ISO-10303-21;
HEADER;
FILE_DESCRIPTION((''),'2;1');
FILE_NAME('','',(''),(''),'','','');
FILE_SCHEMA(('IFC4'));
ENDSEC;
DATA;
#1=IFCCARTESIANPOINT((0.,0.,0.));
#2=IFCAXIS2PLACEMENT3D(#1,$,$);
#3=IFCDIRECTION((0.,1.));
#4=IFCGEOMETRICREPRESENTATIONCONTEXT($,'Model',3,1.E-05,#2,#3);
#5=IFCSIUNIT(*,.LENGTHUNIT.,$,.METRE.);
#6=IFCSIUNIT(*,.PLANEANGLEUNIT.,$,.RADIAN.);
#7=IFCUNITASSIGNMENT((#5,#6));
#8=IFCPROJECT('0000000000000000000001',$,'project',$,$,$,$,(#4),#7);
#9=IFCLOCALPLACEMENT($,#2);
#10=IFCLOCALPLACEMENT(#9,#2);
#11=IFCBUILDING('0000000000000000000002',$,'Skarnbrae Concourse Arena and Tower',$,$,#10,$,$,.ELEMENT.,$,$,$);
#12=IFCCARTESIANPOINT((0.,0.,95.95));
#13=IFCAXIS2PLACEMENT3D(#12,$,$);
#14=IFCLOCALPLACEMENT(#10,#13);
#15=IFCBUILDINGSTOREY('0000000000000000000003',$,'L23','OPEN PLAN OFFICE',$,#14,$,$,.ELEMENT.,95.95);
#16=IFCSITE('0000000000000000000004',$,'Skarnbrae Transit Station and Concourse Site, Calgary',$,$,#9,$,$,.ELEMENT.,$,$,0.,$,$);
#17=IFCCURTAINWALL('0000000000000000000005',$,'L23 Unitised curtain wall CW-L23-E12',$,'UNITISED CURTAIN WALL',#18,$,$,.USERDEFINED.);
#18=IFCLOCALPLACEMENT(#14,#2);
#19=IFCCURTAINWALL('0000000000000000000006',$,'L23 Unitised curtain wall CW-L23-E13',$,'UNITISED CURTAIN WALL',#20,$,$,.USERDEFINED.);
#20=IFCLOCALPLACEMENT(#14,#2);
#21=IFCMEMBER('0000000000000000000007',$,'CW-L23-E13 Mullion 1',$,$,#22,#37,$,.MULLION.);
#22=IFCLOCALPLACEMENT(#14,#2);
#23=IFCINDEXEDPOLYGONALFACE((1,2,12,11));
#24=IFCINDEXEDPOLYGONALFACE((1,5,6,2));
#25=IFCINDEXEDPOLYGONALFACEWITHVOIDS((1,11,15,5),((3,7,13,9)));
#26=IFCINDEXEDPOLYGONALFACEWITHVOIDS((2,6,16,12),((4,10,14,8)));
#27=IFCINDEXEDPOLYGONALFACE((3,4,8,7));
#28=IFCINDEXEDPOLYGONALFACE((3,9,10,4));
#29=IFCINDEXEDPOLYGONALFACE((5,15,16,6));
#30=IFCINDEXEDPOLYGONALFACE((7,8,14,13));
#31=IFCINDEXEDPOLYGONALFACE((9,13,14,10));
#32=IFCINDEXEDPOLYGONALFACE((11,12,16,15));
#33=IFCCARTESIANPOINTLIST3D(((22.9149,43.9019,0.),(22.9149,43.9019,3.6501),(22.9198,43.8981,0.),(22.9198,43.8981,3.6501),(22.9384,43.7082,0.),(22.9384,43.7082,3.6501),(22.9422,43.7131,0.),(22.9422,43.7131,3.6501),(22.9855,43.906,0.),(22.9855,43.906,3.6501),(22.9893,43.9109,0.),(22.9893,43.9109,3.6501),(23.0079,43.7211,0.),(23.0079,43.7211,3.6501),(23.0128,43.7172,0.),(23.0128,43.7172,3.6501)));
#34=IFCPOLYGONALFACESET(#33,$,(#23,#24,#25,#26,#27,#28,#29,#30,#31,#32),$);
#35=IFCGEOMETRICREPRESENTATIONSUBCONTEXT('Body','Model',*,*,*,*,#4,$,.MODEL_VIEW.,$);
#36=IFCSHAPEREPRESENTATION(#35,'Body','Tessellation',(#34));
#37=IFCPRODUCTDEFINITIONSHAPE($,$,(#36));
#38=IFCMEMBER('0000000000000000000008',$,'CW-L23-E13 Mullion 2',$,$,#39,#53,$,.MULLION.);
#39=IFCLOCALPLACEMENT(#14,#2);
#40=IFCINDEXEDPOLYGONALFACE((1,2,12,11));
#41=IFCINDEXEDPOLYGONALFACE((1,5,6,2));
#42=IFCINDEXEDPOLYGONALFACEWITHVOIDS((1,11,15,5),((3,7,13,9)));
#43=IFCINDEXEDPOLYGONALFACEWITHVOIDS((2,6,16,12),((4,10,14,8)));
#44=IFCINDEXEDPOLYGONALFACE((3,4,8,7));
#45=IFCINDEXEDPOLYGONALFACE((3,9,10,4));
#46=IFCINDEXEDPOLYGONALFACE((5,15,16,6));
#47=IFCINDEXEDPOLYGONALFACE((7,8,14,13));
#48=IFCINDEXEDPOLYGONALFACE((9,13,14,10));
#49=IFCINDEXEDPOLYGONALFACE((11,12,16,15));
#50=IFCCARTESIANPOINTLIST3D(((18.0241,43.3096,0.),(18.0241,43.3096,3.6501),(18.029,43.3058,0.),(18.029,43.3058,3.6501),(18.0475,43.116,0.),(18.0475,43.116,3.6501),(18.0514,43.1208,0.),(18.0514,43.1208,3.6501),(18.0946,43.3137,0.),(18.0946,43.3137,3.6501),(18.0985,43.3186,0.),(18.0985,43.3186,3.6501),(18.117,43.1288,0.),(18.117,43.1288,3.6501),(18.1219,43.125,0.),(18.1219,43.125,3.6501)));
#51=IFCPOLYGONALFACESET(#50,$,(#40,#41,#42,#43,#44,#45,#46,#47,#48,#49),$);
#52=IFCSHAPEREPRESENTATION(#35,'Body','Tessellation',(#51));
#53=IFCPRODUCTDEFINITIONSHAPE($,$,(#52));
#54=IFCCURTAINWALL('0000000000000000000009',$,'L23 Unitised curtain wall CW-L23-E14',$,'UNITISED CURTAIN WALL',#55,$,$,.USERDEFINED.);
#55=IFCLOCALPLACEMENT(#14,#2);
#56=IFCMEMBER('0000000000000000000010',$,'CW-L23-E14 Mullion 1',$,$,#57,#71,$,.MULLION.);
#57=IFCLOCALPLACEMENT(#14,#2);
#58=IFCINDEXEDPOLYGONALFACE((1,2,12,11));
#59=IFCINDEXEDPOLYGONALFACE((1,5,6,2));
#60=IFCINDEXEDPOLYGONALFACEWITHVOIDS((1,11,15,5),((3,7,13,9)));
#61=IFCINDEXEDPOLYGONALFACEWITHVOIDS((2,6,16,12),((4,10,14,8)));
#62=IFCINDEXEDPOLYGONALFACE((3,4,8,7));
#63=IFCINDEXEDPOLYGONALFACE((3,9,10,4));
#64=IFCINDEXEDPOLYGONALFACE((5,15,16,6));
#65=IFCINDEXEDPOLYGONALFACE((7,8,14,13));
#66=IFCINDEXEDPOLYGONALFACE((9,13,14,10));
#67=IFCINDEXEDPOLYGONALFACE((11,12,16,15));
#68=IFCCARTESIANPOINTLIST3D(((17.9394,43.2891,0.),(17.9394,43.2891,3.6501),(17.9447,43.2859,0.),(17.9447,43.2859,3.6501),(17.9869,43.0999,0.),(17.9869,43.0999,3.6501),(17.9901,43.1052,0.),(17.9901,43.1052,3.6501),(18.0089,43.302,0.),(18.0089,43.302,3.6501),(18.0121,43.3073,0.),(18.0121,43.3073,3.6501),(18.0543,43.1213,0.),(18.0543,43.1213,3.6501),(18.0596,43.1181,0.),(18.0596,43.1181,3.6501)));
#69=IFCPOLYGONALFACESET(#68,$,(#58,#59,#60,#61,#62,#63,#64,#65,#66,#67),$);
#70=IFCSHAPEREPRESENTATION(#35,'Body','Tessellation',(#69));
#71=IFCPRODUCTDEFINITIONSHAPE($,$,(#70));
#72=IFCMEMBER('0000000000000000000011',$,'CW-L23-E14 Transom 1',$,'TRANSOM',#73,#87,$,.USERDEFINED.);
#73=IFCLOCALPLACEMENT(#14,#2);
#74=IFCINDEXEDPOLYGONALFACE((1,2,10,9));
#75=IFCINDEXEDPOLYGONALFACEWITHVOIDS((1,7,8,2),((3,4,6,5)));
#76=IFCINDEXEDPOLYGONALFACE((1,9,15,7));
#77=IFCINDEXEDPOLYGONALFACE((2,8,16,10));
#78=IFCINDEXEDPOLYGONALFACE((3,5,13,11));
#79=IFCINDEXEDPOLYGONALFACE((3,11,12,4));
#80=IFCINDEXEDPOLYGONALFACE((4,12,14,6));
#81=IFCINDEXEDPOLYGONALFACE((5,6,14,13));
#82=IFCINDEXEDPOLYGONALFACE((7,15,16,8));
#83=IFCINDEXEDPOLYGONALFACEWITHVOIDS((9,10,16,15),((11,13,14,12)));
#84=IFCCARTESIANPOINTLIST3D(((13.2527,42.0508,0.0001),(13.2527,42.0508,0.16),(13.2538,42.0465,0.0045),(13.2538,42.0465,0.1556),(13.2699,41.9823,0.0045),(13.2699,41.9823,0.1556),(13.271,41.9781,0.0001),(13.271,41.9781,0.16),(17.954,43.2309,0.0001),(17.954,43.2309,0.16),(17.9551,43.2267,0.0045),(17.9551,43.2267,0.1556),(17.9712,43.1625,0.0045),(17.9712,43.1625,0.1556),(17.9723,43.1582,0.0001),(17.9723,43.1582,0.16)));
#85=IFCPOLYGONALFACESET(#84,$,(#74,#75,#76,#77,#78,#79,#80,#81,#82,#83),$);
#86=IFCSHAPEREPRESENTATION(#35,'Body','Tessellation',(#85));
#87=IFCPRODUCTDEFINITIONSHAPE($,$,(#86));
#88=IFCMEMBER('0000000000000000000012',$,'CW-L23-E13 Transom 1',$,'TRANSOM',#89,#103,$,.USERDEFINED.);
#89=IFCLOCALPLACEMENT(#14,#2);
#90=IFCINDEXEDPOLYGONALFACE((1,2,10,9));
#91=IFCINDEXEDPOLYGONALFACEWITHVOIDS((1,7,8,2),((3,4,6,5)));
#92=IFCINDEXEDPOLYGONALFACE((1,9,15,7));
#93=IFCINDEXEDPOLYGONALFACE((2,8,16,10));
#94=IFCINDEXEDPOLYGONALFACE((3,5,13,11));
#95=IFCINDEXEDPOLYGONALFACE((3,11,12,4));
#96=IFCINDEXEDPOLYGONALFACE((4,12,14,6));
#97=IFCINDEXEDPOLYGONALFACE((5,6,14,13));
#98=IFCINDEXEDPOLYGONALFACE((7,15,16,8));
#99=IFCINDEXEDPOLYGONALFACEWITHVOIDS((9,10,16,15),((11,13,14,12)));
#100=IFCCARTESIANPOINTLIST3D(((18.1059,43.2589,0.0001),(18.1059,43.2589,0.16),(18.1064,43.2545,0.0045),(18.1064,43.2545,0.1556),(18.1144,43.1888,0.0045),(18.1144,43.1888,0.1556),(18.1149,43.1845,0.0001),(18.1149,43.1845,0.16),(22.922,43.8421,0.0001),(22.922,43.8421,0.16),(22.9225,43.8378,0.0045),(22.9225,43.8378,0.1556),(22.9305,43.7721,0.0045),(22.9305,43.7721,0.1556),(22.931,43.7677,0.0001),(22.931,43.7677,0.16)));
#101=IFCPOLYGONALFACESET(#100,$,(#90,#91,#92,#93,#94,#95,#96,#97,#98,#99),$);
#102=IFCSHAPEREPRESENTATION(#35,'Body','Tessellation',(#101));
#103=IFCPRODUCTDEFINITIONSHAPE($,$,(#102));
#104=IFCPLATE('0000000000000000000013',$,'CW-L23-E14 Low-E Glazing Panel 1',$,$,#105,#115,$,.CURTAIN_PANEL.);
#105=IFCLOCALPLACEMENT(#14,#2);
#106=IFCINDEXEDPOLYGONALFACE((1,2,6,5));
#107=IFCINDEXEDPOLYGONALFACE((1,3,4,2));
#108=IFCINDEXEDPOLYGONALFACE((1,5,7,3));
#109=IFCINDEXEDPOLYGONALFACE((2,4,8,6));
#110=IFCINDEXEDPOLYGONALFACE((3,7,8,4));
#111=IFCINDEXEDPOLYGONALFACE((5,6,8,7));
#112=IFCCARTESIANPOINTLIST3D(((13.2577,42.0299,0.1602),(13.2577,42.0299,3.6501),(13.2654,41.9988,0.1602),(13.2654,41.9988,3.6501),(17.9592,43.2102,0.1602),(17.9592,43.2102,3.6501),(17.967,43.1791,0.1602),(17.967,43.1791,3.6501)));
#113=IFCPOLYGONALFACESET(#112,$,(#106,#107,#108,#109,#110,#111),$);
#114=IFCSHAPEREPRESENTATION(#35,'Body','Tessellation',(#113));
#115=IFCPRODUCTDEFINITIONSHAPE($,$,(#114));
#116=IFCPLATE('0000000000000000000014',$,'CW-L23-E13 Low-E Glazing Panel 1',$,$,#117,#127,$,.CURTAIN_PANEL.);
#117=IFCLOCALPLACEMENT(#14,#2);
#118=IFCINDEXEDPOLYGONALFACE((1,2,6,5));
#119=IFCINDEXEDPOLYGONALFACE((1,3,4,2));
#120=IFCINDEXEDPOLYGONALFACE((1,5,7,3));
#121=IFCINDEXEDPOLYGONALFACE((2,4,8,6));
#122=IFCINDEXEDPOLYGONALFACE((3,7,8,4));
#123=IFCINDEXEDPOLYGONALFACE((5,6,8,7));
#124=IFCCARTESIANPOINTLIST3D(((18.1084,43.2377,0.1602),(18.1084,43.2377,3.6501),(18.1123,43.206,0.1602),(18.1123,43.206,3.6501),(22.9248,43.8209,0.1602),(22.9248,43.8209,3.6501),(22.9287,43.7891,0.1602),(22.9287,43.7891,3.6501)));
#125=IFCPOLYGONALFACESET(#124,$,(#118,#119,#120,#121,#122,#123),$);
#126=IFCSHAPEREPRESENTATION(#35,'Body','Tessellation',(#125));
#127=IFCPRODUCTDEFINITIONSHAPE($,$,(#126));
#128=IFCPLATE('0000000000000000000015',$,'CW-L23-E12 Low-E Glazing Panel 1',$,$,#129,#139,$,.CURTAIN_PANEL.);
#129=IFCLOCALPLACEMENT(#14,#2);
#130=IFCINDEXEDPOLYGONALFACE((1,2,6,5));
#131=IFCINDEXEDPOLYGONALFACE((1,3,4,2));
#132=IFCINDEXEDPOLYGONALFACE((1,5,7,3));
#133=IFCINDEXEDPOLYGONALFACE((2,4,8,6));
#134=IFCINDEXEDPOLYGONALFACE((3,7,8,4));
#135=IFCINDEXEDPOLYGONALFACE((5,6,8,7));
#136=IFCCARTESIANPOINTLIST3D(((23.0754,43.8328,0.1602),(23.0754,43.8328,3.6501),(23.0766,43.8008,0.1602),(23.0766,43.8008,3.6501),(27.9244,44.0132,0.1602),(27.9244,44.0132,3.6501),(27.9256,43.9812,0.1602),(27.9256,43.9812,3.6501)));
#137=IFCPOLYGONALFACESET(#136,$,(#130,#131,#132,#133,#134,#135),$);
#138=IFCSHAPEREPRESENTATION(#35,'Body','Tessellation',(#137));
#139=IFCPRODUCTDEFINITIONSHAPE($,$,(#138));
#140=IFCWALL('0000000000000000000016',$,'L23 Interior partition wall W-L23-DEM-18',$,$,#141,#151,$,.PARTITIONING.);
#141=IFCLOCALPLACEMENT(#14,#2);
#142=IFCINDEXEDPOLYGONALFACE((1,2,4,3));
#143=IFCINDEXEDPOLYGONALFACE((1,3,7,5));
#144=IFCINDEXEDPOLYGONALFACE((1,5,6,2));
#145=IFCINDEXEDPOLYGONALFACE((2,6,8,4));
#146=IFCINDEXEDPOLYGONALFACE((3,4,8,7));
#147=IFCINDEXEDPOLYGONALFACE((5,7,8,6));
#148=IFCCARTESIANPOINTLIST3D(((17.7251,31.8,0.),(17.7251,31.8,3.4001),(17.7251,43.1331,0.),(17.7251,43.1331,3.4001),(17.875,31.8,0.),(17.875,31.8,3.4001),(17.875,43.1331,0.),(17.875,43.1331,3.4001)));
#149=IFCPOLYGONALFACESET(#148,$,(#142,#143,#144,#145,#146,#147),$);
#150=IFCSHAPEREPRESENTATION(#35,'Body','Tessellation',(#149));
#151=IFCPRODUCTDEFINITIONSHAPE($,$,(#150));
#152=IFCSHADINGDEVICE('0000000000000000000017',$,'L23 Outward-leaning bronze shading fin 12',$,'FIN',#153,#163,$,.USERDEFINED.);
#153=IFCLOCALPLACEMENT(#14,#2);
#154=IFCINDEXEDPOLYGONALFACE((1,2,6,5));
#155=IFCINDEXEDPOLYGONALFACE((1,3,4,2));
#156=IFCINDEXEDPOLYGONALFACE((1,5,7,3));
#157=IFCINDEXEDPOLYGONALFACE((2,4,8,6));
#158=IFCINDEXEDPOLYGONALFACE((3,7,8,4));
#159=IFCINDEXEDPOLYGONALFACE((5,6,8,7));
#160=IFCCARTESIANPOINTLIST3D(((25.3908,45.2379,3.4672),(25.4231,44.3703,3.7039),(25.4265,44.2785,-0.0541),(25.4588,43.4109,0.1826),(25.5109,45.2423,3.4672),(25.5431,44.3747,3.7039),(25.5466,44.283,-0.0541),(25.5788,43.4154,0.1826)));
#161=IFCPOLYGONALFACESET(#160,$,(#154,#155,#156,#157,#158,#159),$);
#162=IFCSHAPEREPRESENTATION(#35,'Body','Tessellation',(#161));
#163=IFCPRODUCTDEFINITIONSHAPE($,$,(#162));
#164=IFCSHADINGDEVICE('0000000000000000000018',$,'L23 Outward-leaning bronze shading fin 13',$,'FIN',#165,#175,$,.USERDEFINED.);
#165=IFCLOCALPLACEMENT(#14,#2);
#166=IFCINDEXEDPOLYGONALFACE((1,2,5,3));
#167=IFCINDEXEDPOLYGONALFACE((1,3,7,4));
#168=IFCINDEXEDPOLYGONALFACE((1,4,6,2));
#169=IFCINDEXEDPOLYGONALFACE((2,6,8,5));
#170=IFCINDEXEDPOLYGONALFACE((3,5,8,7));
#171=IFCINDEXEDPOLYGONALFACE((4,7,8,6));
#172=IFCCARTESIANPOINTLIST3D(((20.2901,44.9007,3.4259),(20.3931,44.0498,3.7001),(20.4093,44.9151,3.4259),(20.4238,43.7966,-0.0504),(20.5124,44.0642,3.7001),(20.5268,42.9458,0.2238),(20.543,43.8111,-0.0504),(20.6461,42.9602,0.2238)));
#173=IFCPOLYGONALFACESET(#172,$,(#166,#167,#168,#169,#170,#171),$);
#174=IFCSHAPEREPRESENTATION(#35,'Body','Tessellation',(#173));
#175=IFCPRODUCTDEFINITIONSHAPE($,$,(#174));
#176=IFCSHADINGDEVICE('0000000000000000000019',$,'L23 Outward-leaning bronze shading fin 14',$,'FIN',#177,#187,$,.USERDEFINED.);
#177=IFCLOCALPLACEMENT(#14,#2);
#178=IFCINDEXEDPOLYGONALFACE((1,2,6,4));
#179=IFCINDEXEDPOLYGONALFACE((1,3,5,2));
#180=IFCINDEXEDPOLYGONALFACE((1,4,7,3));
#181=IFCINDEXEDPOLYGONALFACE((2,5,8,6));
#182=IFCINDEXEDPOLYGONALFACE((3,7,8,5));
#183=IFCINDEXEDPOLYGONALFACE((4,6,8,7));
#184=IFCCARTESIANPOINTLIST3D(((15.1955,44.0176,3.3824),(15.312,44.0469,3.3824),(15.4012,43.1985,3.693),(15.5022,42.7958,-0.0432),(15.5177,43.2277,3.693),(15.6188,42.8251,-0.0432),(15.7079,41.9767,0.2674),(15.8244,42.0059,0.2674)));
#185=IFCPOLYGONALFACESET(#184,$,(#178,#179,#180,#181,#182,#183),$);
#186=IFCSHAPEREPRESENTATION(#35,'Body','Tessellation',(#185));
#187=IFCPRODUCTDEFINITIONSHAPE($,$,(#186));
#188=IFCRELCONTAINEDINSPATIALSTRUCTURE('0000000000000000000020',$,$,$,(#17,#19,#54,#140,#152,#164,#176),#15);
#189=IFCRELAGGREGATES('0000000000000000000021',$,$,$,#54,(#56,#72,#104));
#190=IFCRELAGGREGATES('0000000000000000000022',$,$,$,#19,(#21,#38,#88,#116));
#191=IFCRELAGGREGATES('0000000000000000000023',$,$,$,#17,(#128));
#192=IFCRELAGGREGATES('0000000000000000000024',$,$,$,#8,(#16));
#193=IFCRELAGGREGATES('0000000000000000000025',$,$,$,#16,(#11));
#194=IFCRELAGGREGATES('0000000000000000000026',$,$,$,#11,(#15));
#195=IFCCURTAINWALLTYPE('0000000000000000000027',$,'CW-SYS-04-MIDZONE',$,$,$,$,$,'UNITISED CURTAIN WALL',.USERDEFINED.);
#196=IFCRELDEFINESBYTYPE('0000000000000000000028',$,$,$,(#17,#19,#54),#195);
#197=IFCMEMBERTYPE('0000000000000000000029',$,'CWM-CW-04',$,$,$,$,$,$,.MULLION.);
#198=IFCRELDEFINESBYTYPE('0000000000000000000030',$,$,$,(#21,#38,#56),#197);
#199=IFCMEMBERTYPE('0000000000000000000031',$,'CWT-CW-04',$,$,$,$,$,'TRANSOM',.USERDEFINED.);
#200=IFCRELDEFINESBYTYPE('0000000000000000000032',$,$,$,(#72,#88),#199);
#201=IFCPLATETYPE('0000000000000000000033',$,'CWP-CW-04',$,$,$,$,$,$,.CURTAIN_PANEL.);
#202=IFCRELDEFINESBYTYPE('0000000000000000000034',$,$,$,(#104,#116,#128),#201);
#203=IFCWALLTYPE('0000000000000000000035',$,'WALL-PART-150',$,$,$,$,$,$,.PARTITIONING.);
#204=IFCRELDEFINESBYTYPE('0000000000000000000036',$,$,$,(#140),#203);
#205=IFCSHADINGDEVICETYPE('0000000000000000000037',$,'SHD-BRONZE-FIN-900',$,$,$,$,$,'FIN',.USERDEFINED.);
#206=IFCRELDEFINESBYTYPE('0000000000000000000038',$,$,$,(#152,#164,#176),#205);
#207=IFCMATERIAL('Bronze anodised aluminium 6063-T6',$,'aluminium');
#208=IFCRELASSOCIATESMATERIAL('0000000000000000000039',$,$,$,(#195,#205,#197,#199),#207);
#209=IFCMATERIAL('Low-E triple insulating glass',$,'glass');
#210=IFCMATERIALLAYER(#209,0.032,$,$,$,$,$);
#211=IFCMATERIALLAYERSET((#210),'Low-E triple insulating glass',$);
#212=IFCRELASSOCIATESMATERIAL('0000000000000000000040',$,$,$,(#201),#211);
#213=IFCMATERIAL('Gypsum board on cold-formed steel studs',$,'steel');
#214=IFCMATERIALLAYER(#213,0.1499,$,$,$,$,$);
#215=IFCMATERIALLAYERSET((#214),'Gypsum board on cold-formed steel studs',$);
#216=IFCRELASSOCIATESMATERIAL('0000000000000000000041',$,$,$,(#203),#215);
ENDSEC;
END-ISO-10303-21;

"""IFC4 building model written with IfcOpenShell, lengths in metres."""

from ifc_helpers import new_model, si_unit, direction, frame, frame_2d, origin, origin_2d, place, context, subcontext, project, spatial, rectangle, hollow_rectangle, extrude, source, transform, mapped, material, layer, layer_set, material_profile, profile_set, type_object, element, aggregate, save


model = new_model("IFC4")

# Units and contexts
model_context = context("Model", 3, precision=1e-05, world=origin(), true_north=direction((0.0, 1.0)))
body_context = subcontext(model_context, "Body", "Model", "MODEL_VIEW")
ifc_project = project(units=[si_unit("LENGTHUNIT", "METRE"), si_unit("PLANEANGLEUNIT", "RADIAN")], contexts=[model_context])

# Site, building, storey
site_placement = place(None, origin())
site = spatial("IfcSite", under=ifc_project, at=site_placement, Name="Skarnbrae Transit Station and Concourse Site, Calgary", CompositionType="ELEMENT", RefElevation=0.0)
building_placement = place(site_placement, origin())
building = spatial("IfcBuilding", under=site, at=building_placement, Name="Skarnbrae Concourse Arena and Tower", CompositionType="ELEMENT")
storey_placement = place(building_placement, frame((0.0, 0.0, 95.95)))
storey = spatial("IfcBuildingStorey", under=building, at=storey_placement, Name="L23", Description="OPEN PLAN OFFICE", CompositionType="ELEMENT", Elevation=95.95)

# Curtain wall
ifc_material_1 = material(Name="Bronze anodised aluminium 6063-T6", Category="aluminium")
curtain_wall_type = type_object("IfcCurtainWallType", Name="CW-SYS-04-MIDZONE", ElementType="UNITISED CURTAIN WALL", PredefinedType="USERDEFINED", material=ifc_material_1)
curtain_wall_1_placement = place(storey_placement, origin())
curtain_wall_1 = element("IfcCurtainWall", 1, at=curtain_wall_1_placement, inside=storey, type_object=curtain_wall_type, Name="L23 Unitised curtain wall CW-L23-E12", ObjectType="UNITISED CURTAIN WALL", PredefinedType="USERDEFINED")
ifc_material_profile_1 = material_profile(ifc_material_1, hollow_rectangle(XDim=0.075, YDim=0.1951, WallThickness=0.0044, at=origin_2d()), Name="ALU-MULL-75X195")
ifc_profile_set_1 = profile_set([ifc_material_profile_1], Name="Bronze anodised aluminium 6063-T6")
member_type_1 = type_object("IfcMemberType", Name="CWM-CW-04", PredefinedType="MULLION", material=ifc_profile_set_1)
shared_shape_1 = source(origin(), body_context, "Body", "SweptSolid", [
    extrude(hollow_rectangle(XDim=0.075, YDim=0.1951, WallThickness=0.0044, at=origin_2d()), origin(), (0.0, 0.0, 1.0), 3.6501),
])

# Curtain walls, members
curtain_wall_2_placement = place(storey_placement, origin())
curtain_wall_2 = element("IfcCurtainWall", 2, at=curtain_wall_2_placement, inside=storey, type_object=curtain_wall_type, Name="L23 Unitised curtain wall CW-L23-E13", ObjectType="UNITISED CURTAIN WALL", PredefinedType="USERDEFINED")
member_1_placement = place(storey_placement, frame((22.9639, 43.8096, 0.0), z_axis=(0.0, 0.0, 1.0), x_axis=(-0.992749, -0.120203, 0.0)))
member_1 = element("IfcMember", 3, at=member_1_placement, type_object=member_type_1, Name="CW-L23-E13 Mullion 1", PredefinedType="MULLION", context=body_context, shape_type="MappedRepresentation", body=[
    mapped(shared_shape_1, transform((0.0, 0.0, 0.0))),
])
member_2_placement = place(storey_placement, frame((18.073, 43.2173, 0.0), z_axis=(0.0, 0.0, 1.0), x_axis=(-0.992749, -0.120203, 0.0)))
member_2 = element("IfcMember", 4, at=member_2_placement, type_object=member_type_1, Name="CW-L23-E13 Mullion 2", PredefinedType="MULLION", context=body_context, shape_type="MappedRepresentation", body=[
    mapped(shared_shape_1, transform((0.0, 0.0, 0.0))),
])
curtain_wall_3_placement = place(storey_placement, origin())
curtain_wall_3 = element("IfcCurtainWall", 5, at=curtain_wall_3_placement, inside=storey, type_object=curtain_wall_type, Name="L23 Unitised curtain wall CW-L23-E14", ObjectType="UNITISED CURTAIN WALL", PredefinedType="USERDEFINED")
member_3_placement = place(storey_placement, frame((17.9995, 43.2036, 0.0), z_axis=(0.0, 0.0, 1.0), x_axis=(-0.969903, -0.243491, 0.0)))
member_3 = element("IfcMember", 6, at=member_3_placement, type_object=member_type_1, Name="CW-L23-E14 Mullion 1", PredefinedType="MULLION", context=body_context, shape_type="MappedRepresentation", body=[
    mapped(shared_shape_1, transform((0.0, 0.0, 0.0))),
])
ifc_material_profile_2 = material_profile(ifc_material_1, hollow_rectangle(XDim=0.075, YDim=0.1599, WallThickness=0.0044, at=origin_2d()), Name="ALU-TRAN-75X160")
ifc_profile_set_2 = profile_set([ifc_material_profile_2], Name="Bronze anodised aluminium 6063-T6")
member_type_2 = type_object("IfcMemberType", Name="CWT-CW-04", ElementType="TRANSOM", PredefinedType="USERDEFINED", material=ifc_profile_set_2)
shared_shape_2 = source(origin(), body_context, "Body", "SweptSolid", [
    extrude(hollow_rectangle(XDim=0.075, YDim=0.1599, WallThickness=0.0044, at=origin_2d()), origin(), (0.0, 0.0, 1.0), 4.8472),
])
member_4_placement = place(storey_placement, frame((17.9631, 43.1946, 0.0801), z_axis=(-0.969908, -0.243472, 0.0), x_axis=(0.243472, -0.969908, 0.0)))
member_4 = element("IfcMember", 7, at=member_4_placement, type_object=member_type_2, Name="CW-L23-E14 Transom 1", ObjectType="TRANSOM", PredefinedType="USERDEFINED", context=body_context, shape_type="MappedRepresentation", body=[
    mapped(shared_shape_2, transform((0.0, 0.0, 0.0))),
])

# Member
shared_shape_3 = source(origin(), body_context, "Body", "SweptSolid", [
    extrude(hollow_rectangle(XDim=0.075, YDim=0.1599, WallThickness=0.0044, at=origin_2d()), origin(), (0.0, 0.0, 1.0), 4.8513),
])
member_5_placement = place(storey_placement, frame((22.9265, 43.8049, 0.0801), z_axis=(-0.992747, -0.120225, 0.0), x_axis=(0.120225, -0.992747, 0.0)))
member_5 = element("IfcMember", 8, at=member_5_placement, type_object=member_type_2, Name="CW-L23-E13 Transom 1", ObjectType="TRANSOM", PredefinedType="USERDEFINED", context=body_context, shape_type="MappedRepresentation", body=[
    mapped(shared_shape_3, transform((0.0, 0.0, 0.0))),
])

# Plates
ifc_material_2 = material(Name="Low-E triple insulating glass", Category="glass")
ifc_layer_1 = layer(ifc_material_2, 0.032)
ifc_layer_set_1 = layer_set([ifc_layer_1], Name="Low-E triple insulating glass")
plate_type = type_object("IfcPlateType", Name="CWP-CW-04", PredefinedType="CURTAIN_PANEL", material=ifc_layer_set_1)
shared_shape_4 = source(origin(), body_context, "Body", "SweptSolid", [
    extrude(rectangle(XDim=4.8474, YDim=0.032, at=origin_2d()), origin(), (0.0, 0.0, 1.0), 3.49),
])
plate_1_placement = place(storey_placement, frame((15.6123, 42.6045, 0.1602), z_axis=(0.0, 0.0, 1.0), x_axis=(-0.969903, -0.243491, 0.0)))
plate_1 = element("IfcPlate", 9, at=plate_1_placement, type_object=plate_type, Name="CW-L23-E14 Low-E Glazing Panel 1", PredefinedType="CURTAIN_PANEL", context=body_context, shape_type="MappedRepresentation", body=[
    mapped(shared_shape_4, transform((0.0, 0.0, 0.0))),
])
aggregate(curtain_wall_3, [member_3, member_4, plate_1])
shared_shape_5 = source(origin(), body_context, "Body", "SweptSolid", [
    extrude(rectangle(XDim=4.8516, YDim=0.032, at=origin_2d()), origin(), (0.0, 0.0, 1.0), 3.49),
])
plate_2_placement = place(storey_placement, frame((20.5186, 43.5134, 0.1602), z_axis=(0.0, 0.0, 1.0), x_axis=(-0.992749, -0.120203, 0.0)))
plate_2 = element("IfcPlate", 10, at=plate_2_placement, type_object=plate_type, Name="CW-L23-E13 Low-E Glazing Panel 1", PredefinedType="CURTAIN_PANEL", context=body_context, shape_type="MappedRepresentation", body=[
    mapped(shared_shape_5, transform((0.0, 0.0, 0.0))),
])
aggregate(curtain_wall_2, [member_1, member_2, member_5, plate_2])
shared_shape_6 = source(origin(), body_context, "Body", "SweptSolid", [
    extrude(rectangle(XDim=4.8523, YDim=0.032, at=origin_2d()), origin(), (0.0, 0.0, 1.0), 3.49),
])
plate_3_placement = place(storey_placement, frame((25.5005, 43.907, 0.1602), z_axis=(0.0, 0.0, 1.0), x_axis=(-0.999308, -0.037183, 0.0)))
plate_3 = element("IfcPlate", 11, at=plate_3_placement, type_object=plate_type, Name="CW-L23-E12 Low-E Glazing Panel 1", PredefinedType="CURTAIN_PANEL", context=body_context, shape_type="MappedRepresentation", body=[
    mapped(shared_shape_6, transform((0.0, 0.0, 0.0))),
])
aggregate(curtain_wall_1, [plate_3])

# Wall
ifc_material_3 = material(Name="Gypsum board on cold-formed steel studs", Category="steel")
ifc_layer_2 = layer(ifc_material_3, 0.1499)
ifc_layer_set_2 = layer_set([ifc_layer_2], Name="Gypsum board on cold-formed steel studs")
wall_type = type_object("IfcWallType", Name="WALL-PART-150", PredefinedType="PARTITIONING", material=ifc_layer_set_2)
shared_shape_7 = source(origin(), body_context, "Body", "SweptSolid", [
    extrude(rectangle(XDim=11.333, YDim=0.1499, at=frame_2d((5.6665, 0.0))), origin(), (0.0, 0.0, 1.0), 3.4001),
])
wall_placement = place(storey_placement, frame((17.8, 43.1331, 0.0), z_axis=(0.0, 0.0, 1.0), x_axis=(0.0, -1.0, 0.0)))
element("IfcWall", 12, at=wall_placement, inside=storey, type_object=wall_type, Name="L23 Interior partition wall W-L23-DEM-18", PredefinedType="PARTITIONING", context=body_context, shape_type="MappedRepresentation", body=[
    mapped(shared_shape_7, transform((0.0, 0.0, 0.0))),
])

# Shading devices
shading_device_type = type_object("IfcShadingDeviceType", Name="SHD-BRONZE-FIN-900", ElementType="FIN", PredefinedType="USERDEFINED", material=ifc_material_1)
shared_shape_8 = source(origin(), body_context, "Body", "SweptSolid", [
    extrude(rectangle(XDim=0.1201, YDim=0.8999, at=origin_2d()), origin(), (0.0, 0.0, 1.0), 3.6499),
])
for number, where, z_axis, x_axis, name in (
    (13, (25.5027, 43.8469, 0.0642), (-0.009781, 0.262849, 0.964787), (0.999308, 0.037184, 0.0), "L23 Outward-leaning bronze shading fin 12"),
    (14, (20.5349, 43.3784, 0.0867), (-0.036627, 0.302489, 0.952449), (0.992749, 0.120206, 0.0), "L23 Outward-leaning bronze shading fin 13"),
    (15, (15.6633, 42.4009, 0.1121), (-0.084039, 0.334746, 0.938553), (0.969902, 0.243497, 0.0), "L23 Outward-leaning bronze shading fin 14"),
):
    element("IfcShadingDevice", number, at=place(storey_placement, frame(where, z_axis=z_axis, x_axis=x_axis)), inside=storey, type_object=shading_device_type, Name=name, ObjectType="FIN", PredefinedType="USERDEFINED", context=body_context, shape_type="MappedRepresentation", body=[
        mapped(shared_shape_8, transform((0.0, 0.0, 0.0))),
    ])

save(model, "model.ifc")
